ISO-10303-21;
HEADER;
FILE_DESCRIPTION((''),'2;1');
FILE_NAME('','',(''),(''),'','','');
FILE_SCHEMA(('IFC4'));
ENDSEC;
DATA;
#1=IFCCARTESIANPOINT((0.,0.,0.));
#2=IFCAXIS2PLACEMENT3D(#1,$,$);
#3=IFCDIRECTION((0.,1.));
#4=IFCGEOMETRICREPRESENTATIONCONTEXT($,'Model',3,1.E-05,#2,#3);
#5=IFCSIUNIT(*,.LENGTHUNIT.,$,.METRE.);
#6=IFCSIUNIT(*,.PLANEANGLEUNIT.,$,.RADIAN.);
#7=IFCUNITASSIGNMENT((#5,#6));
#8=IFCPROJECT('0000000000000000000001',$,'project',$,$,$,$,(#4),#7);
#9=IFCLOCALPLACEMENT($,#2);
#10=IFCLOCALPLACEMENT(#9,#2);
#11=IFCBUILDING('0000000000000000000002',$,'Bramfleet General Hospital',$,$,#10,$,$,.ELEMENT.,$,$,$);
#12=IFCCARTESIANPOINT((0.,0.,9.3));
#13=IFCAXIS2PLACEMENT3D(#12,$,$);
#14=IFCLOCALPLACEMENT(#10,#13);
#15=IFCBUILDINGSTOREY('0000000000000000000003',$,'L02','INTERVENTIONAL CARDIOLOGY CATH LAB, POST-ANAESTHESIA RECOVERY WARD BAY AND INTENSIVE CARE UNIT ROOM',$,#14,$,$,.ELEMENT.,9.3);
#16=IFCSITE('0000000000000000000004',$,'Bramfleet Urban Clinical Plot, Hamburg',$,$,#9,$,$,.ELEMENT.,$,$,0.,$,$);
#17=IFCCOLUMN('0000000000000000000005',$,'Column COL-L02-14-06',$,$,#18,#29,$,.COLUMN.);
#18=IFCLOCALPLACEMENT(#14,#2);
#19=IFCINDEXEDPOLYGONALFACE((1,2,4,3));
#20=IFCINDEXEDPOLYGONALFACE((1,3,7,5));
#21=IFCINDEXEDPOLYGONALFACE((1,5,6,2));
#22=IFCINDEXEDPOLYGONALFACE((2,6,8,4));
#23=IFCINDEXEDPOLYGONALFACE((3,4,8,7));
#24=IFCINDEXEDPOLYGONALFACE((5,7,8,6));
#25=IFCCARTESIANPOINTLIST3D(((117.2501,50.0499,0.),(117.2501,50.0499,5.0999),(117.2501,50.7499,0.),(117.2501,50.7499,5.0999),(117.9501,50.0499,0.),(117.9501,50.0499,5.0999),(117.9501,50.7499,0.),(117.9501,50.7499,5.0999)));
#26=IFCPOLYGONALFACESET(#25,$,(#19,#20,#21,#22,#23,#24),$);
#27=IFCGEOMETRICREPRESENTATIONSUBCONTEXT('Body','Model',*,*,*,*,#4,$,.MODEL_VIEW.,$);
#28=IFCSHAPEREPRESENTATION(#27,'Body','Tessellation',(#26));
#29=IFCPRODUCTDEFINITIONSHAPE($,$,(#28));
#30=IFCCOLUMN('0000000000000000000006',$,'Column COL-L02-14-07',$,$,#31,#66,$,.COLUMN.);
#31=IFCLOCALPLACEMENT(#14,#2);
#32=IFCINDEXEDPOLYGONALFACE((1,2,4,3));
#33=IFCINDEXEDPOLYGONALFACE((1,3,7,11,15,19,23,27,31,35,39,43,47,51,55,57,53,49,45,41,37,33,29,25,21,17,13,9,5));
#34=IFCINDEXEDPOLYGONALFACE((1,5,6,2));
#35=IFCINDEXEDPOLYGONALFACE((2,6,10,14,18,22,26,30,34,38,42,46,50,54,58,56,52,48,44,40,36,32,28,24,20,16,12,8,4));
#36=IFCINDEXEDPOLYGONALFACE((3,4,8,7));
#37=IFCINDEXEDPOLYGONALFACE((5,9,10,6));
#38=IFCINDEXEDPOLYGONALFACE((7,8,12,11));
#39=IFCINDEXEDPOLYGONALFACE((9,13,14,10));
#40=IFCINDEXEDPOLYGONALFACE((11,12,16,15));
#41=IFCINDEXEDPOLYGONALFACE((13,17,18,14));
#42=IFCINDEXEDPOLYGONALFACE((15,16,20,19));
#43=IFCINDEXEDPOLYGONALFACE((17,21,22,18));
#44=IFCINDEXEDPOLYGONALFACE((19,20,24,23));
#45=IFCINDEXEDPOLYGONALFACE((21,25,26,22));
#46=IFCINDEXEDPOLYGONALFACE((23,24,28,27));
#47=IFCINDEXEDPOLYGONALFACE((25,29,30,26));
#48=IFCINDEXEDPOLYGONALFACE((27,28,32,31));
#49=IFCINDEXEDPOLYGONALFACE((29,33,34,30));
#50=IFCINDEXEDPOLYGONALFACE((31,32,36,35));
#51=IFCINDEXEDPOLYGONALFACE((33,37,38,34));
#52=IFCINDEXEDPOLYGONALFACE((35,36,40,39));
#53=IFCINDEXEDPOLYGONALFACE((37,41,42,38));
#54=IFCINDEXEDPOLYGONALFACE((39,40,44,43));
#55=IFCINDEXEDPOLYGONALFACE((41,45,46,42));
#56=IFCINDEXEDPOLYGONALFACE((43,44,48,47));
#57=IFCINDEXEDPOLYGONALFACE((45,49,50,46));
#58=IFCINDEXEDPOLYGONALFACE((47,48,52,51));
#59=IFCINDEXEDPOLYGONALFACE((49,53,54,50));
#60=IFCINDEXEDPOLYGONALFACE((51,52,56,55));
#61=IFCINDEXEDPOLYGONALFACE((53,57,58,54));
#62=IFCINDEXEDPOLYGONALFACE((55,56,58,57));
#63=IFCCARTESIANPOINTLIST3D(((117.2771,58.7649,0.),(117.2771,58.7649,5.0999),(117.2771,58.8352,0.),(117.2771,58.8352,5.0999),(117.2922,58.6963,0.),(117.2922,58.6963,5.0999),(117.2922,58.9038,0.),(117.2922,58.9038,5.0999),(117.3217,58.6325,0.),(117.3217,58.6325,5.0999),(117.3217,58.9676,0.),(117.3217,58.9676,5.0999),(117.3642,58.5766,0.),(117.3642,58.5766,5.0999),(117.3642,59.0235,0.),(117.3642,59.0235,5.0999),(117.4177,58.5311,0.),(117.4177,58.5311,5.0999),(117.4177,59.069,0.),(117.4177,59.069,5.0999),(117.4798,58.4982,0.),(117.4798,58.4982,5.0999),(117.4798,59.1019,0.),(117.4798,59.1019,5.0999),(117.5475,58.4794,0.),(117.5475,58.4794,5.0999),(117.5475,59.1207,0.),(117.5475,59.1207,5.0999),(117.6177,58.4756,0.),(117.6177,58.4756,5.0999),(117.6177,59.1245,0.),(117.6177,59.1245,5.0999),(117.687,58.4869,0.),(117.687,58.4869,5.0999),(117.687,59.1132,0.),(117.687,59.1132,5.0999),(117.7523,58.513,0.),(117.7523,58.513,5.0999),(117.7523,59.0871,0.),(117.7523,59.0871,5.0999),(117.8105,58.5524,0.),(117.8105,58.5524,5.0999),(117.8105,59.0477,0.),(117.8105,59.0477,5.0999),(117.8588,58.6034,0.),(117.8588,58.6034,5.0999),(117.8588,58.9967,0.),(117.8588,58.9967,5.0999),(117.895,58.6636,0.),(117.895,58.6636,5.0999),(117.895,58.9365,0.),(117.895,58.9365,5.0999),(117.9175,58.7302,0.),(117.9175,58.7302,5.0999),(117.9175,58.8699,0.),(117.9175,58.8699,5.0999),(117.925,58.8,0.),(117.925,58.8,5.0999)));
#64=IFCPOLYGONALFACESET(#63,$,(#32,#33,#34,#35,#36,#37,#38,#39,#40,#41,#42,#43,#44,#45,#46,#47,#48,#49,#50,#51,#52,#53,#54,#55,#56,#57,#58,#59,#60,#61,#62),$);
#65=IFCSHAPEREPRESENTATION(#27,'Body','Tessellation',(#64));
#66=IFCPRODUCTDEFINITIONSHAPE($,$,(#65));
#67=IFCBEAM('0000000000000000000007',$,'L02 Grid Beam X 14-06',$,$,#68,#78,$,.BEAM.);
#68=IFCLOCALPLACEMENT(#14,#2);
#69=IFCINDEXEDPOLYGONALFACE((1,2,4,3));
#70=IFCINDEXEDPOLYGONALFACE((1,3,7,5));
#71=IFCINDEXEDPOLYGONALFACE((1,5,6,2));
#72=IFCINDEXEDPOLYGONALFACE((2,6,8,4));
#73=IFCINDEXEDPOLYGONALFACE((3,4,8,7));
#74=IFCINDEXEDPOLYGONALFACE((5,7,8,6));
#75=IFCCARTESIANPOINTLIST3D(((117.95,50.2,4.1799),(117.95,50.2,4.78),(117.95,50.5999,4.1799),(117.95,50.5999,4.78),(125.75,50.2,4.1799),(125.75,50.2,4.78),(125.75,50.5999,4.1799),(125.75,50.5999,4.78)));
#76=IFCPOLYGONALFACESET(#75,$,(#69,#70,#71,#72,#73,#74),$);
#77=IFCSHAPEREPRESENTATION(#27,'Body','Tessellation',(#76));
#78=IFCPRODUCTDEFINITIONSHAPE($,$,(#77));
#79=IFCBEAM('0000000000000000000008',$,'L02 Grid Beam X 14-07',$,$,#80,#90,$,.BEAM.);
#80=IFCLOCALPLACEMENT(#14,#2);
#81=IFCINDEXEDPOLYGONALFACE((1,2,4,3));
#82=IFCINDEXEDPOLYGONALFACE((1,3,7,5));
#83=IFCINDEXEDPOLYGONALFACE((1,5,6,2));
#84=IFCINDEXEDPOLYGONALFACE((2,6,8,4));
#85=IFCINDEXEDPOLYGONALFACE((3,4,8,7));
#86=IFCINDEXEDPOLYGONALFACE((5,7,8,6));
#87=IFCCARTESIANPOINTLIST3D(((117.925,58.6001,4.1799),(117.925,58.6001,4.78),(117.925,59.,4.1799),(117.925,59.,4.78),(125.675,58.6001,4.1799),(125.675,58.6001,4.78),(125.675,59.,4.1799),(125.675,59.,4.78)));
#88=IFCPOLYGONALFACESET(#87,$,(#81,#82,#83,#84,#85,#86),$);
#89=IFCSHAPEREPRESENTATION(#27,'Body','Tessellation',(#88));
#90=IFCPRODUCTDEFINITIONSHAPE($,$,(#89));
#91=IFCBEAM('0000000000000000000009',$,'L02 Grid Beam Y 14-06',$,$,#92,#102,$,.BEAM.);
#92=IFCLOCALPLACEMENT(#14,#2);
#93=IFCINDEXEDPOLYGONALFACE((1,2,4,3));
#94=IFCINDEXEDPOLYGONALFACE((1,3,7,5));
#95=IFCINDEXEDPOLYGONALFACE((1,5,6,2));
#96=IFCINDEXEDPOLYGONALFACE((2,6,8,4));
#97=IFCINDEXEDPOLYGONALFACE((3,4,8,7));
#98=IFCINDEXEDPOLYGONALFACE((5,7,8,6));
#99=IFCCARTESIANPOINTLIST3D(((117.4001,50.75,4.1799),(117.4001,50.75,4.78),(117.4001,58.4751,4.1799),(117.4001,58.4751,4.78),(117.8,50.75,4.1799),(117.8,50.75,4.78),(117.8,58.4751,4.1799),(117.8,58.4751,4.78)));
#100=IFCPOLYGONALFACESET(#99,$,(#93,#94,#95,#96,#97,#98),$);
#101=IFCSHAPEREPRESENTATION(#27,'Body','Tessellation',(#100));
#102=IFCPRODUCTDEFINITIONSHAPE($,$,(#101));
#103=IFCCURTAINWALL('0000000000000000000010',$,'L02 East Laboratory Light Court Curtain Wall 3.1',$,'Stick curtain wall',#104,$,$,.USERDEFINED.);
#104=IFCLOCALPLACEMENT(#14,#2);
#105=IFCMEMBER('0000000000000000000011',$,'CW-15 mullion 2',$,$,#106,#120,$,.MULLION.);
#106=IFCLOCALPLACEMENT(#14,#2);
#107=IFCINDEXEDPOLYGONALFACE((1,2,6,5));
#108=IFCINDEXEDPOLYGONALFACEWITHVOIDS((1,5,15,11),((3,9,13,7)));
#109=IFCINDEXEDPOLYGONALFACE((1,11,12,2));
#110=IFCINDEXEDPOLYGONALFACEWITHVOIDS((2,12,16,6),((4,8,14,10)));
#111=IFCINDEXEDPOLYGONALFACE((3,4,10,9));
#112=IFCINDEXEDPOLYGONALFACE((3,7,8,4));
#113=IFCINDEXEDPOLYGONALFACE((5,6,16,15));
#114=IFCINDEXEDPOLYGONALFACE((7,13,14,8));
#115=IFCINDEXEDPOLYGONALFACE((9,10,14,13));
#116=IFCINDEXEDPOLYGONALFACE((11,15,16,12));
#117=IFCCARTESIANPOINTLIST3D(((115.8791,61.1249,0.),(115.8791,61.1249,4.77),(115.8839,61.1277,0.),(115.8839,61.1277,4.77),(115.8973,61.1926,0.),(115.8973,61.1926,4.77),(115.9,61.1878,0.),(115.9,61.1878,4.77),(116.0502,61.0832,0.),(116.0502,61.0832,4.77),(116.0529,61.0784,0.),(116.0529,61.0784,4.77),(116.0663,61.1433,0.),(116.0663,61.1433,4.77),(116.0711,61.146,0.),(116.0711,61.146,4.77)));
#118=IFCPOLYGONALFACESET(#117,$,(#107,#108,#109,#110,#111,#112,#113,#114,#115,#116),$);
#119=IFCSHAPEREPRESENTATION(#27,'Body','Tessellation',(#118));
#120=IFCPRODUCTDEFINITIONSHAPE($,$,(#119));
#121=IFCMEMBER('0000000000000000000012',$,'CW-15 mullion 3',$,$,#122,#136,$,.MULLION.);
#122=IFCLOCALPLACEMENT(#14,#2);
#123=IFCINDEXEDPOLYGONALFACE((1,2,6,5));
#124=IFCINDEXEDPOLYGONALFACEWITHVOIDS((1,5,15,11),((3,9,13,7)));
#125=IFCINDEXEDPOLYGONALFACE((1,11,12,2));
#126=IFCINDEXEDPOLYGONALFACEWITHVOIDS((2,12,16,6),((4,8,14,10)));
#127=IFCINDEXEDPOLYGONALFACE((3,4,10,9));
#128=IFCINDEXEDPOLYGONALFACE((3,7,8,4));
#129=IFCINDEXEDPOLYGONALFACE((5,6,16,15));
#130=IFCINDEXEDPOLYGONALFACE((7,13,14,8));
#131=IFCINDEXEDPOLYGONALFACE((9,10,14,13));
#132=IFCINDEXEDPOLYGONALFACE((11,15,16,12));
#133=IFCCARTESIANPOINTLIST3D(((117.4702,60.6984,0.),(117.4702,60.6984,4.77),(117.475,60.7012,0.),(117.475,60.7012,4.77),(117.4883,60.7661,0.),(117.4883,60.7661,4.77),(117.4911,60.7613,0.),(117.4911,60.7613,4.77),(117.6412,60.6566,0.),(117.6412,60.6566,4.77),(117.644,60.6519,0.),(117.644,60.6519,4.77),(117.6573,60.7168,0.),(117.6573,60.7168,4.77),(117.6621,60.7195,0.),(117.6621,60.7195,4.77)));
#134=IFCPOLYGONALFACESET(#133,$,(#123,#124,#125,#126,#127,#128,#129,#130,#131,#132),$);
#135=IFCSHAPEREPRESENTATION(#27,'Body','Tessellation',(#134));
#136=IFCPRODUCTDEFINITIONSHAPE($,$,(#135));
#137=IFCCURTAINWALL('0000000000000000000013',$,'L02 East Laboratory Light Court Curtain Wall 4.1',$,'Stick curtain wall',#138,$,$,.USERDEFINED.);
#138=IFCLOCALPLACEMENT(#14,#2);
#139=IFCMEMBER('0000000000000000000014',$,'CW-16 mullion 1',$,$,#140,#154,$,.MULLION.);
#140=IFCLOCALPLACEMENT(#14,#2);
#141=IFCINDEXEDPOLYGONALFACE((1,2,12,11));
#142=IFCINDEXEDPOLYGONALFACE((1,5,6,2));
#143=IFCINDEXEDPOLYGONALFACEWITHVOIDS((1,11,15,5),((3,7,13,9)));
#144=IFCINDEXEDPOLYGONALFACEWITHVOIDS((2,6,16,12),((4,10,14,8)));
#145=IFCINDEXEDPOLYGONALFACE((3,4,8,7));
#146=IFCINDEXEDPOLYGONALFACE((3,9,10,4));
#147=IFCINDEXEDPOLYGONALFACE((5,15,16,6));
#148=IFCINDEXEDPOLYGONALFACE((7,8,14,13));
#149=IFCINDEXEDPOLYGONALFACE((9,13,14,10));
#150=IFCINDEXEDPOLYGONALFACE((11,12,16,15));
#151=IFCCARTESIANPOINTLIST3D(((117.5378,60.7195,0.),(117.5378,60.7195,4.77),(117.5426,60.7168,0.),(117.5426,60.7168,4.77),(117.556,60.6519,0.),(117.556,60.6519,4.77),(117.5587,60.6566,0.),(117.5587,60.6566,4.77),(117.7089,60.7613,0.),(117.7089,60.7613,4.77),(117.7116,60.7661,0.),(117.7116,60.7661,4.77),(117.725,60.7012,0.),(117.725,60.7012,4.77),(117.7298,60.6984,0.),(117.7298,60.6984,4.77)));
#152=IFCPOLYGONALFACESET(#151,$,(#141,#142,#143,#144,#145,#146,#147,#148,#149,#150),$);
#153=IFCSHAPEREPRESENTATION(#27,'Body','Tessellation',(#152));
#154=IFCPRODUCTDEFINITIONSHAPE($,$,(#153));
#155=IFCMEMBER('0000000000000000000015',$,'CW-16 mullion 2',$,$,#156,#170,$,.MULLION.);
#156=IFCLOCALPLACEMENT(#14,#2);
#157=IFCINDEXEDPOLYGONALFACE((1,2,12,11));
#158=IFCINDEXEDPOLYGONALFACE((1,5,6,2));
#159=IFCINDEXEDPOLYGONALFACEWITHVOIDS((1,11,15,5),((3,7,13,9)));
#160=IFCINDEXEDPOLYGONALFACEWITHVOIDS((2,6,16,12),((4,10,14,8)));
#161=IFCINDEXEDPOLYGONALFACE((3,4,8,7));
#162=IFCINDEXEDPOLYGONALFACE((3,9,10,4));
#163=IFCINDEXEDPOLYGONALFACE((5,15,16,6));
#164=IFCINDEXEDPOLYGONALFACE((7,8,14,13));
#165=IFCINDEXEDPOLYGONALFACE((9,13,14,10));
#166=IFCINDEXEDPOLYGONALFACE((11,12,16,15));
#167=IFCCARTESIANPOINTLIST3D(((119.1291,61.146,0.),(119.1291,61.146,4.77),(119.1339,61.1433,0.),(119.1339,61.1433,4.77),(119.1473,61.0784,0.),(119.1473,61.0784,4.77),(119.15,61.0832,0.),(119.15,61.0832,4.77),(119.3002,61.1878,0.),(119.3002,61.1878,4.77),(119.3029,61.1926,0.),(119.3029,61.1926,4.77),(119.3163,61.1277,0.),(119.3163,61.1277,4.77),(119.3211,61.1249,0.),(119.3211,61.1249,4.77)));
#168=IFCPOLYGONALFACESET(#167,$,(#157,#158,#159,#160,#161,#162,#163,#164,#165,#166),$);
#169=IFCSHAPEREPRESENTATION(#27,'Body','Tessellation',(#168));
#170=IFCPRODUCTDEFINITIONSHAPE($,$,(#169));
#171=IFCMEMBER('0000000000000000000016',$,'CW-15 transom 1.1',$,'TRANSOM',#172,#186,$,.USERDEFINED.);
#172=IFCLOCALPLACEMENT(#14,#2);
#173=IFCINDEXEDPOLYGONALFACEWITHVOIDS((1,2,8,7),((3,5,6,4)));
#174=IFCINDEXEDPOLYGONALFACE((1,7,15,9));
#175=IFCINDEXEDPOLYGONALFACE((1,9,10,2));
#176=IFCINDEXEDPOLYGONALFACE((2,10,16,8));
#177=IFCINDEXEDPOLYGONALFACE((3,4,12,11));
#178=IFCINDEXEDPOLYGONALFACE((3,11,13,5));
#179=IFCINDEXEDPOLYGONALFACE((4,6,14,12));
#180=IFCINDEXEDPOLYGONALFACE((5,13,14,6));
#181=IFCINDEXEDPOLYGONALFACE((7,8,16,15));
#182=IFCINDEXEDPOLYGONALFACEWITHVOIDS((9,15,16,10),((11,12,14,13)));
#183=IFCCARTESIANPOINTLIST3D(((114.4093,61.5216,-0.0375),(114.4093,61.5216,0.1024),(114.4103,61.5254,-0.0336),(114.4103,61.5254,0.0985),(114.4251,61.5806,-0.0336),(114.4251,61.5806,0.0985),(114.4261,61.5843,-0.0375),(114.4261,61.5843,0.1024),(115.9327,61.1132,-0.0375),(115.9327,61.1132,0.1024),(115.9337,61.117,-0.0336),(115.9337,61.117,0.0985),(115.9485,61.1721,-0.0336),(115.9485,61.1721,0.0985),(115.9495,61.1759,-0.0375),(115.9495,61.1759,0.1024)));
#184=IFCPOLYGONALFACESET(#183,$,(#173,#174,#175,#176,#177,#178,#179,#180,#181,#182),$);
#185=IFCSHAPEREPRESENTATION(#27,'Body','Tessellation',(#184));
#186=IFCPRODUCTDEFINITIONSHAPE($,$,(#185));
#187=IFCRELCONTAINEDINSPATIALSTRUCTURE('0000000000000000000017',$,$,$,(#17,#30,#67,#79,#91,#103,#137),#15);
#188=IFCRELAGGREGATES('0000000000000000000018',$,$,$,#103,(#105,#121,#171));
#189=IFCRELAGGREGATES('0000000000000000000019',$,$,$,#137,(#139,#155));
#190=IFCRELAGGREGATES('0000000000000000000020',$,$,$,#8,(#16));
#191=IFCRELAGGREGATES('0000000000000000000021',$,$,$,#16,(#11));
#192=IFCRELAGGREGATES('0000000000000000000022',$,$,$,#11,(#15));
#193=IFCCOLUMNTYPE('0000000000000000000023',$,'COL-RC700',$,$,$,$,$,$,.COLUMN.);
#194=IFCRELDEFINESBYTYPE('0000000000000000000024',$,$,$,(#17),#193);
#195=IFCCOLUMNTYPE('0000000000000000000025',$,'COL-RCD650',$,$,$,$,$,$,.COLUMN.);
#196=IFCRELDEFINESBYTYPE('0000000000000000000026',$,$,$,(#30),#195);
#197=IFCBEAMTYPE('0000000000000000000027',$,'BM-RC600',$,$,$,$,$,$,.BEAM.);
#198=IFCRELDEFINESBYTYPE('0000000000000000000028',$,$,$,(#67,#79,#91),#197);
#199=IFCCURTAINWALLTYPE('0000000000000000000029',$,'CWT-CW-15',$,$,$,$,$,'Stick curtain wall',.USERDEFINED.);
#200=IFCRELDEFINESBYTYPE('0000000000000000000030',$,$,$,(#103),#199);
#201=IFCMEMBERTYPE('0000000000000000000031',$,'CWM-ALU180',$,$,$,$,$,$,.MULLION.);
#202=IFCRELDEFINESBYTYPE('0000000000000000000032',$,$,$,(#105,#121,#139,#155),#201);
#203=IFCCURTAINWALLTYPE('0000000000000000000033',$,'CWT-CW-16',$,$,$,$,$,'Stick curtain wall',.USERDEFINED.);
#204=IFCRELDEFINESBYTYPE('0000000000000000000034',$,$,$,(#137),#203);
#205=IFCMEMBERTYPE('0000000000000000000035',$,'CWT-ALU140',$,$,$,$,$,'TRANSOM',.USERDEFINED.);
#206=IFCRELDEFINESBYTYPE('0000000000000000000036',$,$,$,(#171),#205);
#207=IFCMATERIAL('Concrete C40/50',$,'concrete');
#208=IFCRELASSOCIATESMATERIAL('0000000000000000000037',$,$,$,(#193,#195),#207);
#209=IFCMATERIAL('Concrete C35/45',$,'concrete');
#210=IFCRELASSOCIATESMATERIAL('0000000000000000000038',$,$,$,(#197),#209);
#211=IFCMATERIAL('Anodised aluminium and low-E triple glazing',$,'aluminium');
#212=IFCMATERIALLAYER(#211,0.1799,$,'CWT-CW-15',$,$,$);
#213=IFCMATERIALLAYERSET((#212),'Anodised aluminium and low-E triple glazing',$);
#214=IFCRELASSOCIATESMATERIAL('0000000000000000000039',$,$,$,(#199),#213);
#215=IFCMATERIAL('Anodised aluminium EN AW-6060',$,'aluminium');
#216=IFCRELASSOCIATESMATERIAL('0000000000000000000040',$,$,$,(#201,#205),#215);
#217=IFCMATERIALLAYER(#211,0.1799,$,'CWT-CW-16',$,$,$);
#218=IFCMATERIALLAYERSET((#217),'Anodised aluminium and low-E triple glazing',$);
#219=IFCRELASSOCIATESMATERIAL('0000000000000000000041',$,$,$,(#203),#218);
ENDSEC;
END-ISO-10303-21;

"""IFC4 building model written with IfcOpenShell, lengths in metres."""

from ifc_helpers import new_model, si_unit, direction, frame, origin, origin_2d, place, context, subcontext, project, spatial, rectangle, hollow_rectangle, circle, extrude, material, layer, layer_set, material_profile, profile_set, type_object, element, aggregate, save


model = new_model("IFC4")

# Units and contexts
model_context = context("Model", 3, precision=1e-05, world=origin(), true_north=direction((0.0, 1.0)))
body_context = subcontext(model_context, "Body", "Model", "MODEL_VIEW")
ifc_project = project(units=[si_unit("LENGTHUNIT", "METRE"), si_unit("PLANEANGLEUNIT", "RADIAN")], contexts=[model_context])

# Site, building, storey
site_placement = place(None, origin())
site = spatial("IfcSite", under=ifc_project, at=site_placement, Name="Bramfleet Urban Clinical Plot, Hamburg", CompositionType="ELEMENT", RefElevation=0.0)
building_placement = place(site_placement, origin())
building = spatial("IfcBuilding", under=site, at=building_placement, Name="Bramfleet General Hospital", CompositionType="ELEMENT")
storey_placement = place(building_placement, frame((0.0, 0.0, 9.3)))
storey = spatial("IfcBuildingStorey", under=building, at=storey_placement, Name="L02", Description="INTERVENTIONAL CARDIOLOGY CATH LAB, POST-ANAESTHESIA RECOVERY WARD BAY AND INTENSIVE CARE UNIT ROOM", CompositionType="ELEMENT", Elevation=9.3)

# Columns
ifc_material_1 = material(Name="Concrete C40/50", Category="concrete")
ifc_material_profile_1 = material_profile(ifc_material_1, rectangle(XDim=0.7, YDim=0.7, at=origin_2d()), Name="RC COL 700x700")
ifc_profile_set_1 = profile_set([ifc_material_profile_1], Name="Concrete C40/50")
column_type_1 = type_object("IfcColumnType", Name="COL-RC700", PredefinedType="COLUMN", material=ifc_profile_set_1)
column_1_placement = place(storey_placement, frame((117.6001, 50.3999, 0.0), z_axis=(0.0, 0.0, 1.0), x_axis=(1.0, 0.0, 0.0)))
element("IfcColumn", 1, at=column_1_placement, inside=storey, type_object=column_type_1, Name="Column COL-L02-14-06", PredefinedType="COLUMN", context=body_context, shape_type="SweptSolid", body=[
    extrude(rectangle(XDim=0.7, YDim=0.7, at=origin_2d()), origin(), (0.0, 0.0, 1.0), 5.0999),
])
ifc_material_profile_2 = material_profile(ifc_material_1, circle(Radius=0.325, at=origin_2d()), Name="RC ROUND D650")
ifc_profile_set_2 = profile_set([ifc_material_profile_2], Name="Concrete C40/50")
column_type_2 = type_object("IfcColumnType", Name="COL-RCD650", PredefinedType="COLUMN", material=ifc_profile_set_2)
column_2_placement = place(storey_placement, frame((117.6001, 58.8, 0.0), z_axis=(0.0, 0.0, 1.0), x_axis=(1.0, 0.0, 0.0)))
element("IfcColumn", 2, at=column_2_placement, inside=storey, type_object=column_type_2, Name="Column COL-L02-14-07", PredefinedType="COLUMN", context=body_context, shape_type="SweptSolid", body=[
    extrude(circle(Radius=0.325, at=origin_2d()), origin(), (0.0, 0.0, 1.0), 5.0999),
])

# Beams
ifc_material_2 = material(Name="Concrete C35/45", Category="concrete")
ifc_material_profile_3 = material_profile(ifc_material_2, rectangle(XDim=0.3999, YDim=0.6001, at=origin_2d()), Name="RC BM 600x400")
ifc_profile_set_3 = profile_set([ifc_material_profile_3], Name="Concrete C35/45")
beam_type = type_object("IfcBeamType", Name="BM-RC600", PredefinedType="BEAM", material=ifc_profile_set_3)
beam_1_placement = place(storey_placement, frame((117.95, 50.3999, 4.48), z_axis=(1.0, 0.0, 0.0), x_axis=(0.0, 1.0, 0.0)))
element("IfcBeam", 3, at=beam_1_placement, inside=storey, type_object=beam_type, Name="L02 Grid Beam X 14-06", PredefinedType="BEAM", context=body_context, shape_type="SweptSolid", body=[
    extrude(rectangle(XDim=0.3999, YDim=0.6001, at=origin_2d()), origin(), (0.0, 0.0, 1.0), 7.8),
])
beam_2_placement = place(storey_placement, frame((117.925, 58.8, 4.48), z_axis=(1.0, 0.0, 0.0), x_axis=(0.0, 1.0, 0.0)))
element("IfcBeam", 4, at=beam_2_placement, inside=storey, type_object=beam_type, Name="L02 Grid Beam X 14-07", PredefinedType="BEAM", context=body_context, shape_type="SweptSolid", body=[
    extrude(rectangle(XDim=0.3999, YDim=0.6001, at=origin_2d()), origin(), (0.0, 0.0, 1.0), 7.75),
])
beam_3_placement = place(storey_placement, frame((117.6001, 50.75, 4.48), z_axis=(0.0, 1.0, 0.0), x_axis=(-1.0, 0.0, 0.0)))
element("IfcBeam", 5, at=beam_3_placement, inside=storey, type_object=beam_type, Name="L02 Grid Beam Y 14-06", PredefinedType="BEAM", context=body_context, shape_type="SweptSolid", body=[
    extrude(rectangle(XDim=0.3999, YDim=0.6001, at=origin_2d()), origin(), (0.0, 0.0, 1.0), 7.7251),
])

# Curtain walls, members
ifc_material_3 = material(Name="Anodised aluminium and low-E triple glazing", Category="aluminium")
ifc_layer_1 = layer(ifc_material_3, 0.1799, Name="CWT-CW-15")
ifc_layer_set_1 = layer_set([ifc_layer_1], Name="Anodised aluminium and low-E triple glazing")
curtain_wall_type_1 = type_object("IfcCurtainWallType", Name="CWT-CW-15", ElementType="Stick curtain wall", PredefinedType="USERDEFINED", material=ifc_layer_set_1)
curtain_wall_1_placement = place(storey_placement, origin())
curtain_wall_1 = element("IfcCurtainWall", 6, at=curtain_wall_1_placement, inside=storey, type_object=curtain_wall_type_1, Name="L02 East Laboratory Light Court Curtain Wall 3.1", ObjectType="Stick curtain wall", PredefinedType="USERDEFINED")
ifc_material_4 = material(Name="Anodised aluminium EN AW-6060", Category="aluminium")
ifc_material_profile_4 = material_profile(ifc_material_4, hollow_rectangle(XDim=0.0701, YDim=0.1799, WallThickness=0.0039, at=origin_2d()), Name="ALU 180x70x4.0")
ifc_profile_set_4 = profile_set([ifc_material_profile_4], Name="Anodised aluminium EN AW-6060")
member_type_1 = type_object("IfcMemberType", Name="CWM-ALU180", PredefinedType="MULLION", material=ifc_profile_set_4)
member_1_placement = place(storey_placement, frame((115.9751, 61.1355, 0.0), z_axis=(0.0, 0.0, 1.0), x_axis=(0.258865, 0.965914, 0.0)))
member_1 = element("IfcMember", 7, at=member_1_placement, type_object=member_type_1, Name="CW-15 mullion 2", PredefinedType="MULLION", context=body_context, shape_type="SweptSolid", body=[
    extrude(hollow_rectangle(XDim=0.0701, YDim=0.1799, WallThickness=0.0039, at=origin_2d()), origin(), (0.0, 0.0, 1.0), 4.77),
])
member_2_placement = place(storey_placement, frame((117.5662, 60.709, 0.0), z_axis=(0.0, 0.0, 1.0), x_axis=(0.258865, 0.965914, 0.0)))
member_2 = element("IfcMember", 8, at=member_2_placement, type_object=member_type_1, Name="CW-15 mullion 3", PredefinedType="MULLION", context=body_context, shape_type="SweptSolid", body=[
    extrude(hollow_rectangle(XDim=0.0701, YDim=0.1799, WallThickness=0.0039, at=origin_2d()), origin(), (0.0, 0.0, 1.0), 4.77),
])
ifc_layer_2 = layer(ifc_material_3, 0.1799, Name="CWT-CW-16")
ifc_layer_set_2 = layer_set([ifc_layer_2], Name="Anodised aluminium and low-E triple glazing")
curtain_wall_type_2 = type_object("IfcCurtainWallType", Name="CWT-CW-16", ElementType="Stick curtain wall", PredefinedType="USERDEFINED", material=ifc_layer_set_2)
curtain_wall_2_placement = place(storey_placement, origin())
curtain_wall_2 = element("IfcCurtainWall", 9, at=curtain_wall_2_placement, inside=storey, type_object=curtain_wall_type_2, Name="L02 East Laboratory Light Court Curtain Wall 4.1", ObjectType="Stick curtain wall", PredefinedType="USERDEFINED")
member_3_placement = place(storey_placement, frame((117.6338, 60.709, 0.0), z_axis=(0.0, 0.0, 1.0), x_axis=(-0.258865, 0.965914, 0.0)))
member_3 = element("IfcMember", 10, at=member_3_placement, type_object=member_type_1, Name="CW-16 mullion 1", PredefinedType="MULLION", context=body_context, shape_type="SweptSolid", body=[
    extrude(hollow_rectangle(XDim=0.0701, YDim=0.1799, WallThickness=0.0039, at=origin_2d()), origin(), (0.0, 0.0, 1.0), 4.77),
])
member_4_placement = place(storey_placement, frame((119.2251, 61.1355, 0.0), z_axis=(0.0, 0.0, 1.0), x_axis=(-0.258865, 0.965914, 0.0)))
member_4 = element("IfcMember", 11, at=member_4_placement, type_object=member_type_1, Name="CW-16 mullion 2", PredefinedType="MULLION", context=body_context, shape_type="SweptSolid", body=[
    extrude(hollow_rectangle(XDim=0.0701, YDim=0.1799, WallThickness=0.0039, at=origin_2d()), origin(), (0.0, 0.0, 1.0), 4.77),
])

# Member
ifc_material_profile_5 = material_profile(ifc_material_4, hollow_rectangle(XDim=0.0649, YDim=0.1399, WallThickness=0.0039, at=origin_2d()), Name="ALU 140x65x4.0")
ifc_profile_set_5 = profile_set([ifc_material_profile_5], Name="Anodised aluminium EN AW-6060")
member_type_2 = type_object("IfcMemberType", Name="CWT-ALU140", ElementType="TRANSOM", PredefinedType="USERDEFINED", material=ifc_profile_set_5)
member_5_placement = place(storey_placement, frame((114.4177, 61.553, 0.0325), z_axis=(0.965887, -0.258963, 0.0), x_axis=(0.258963, 0.965887, 0.0)))
member_5 = element("IfcMember", 12, at=member_5_placement, type_object=member_type_2, Name="CW-15 transom 1.1", ObjectType="TRANSOM", PredefinedType="USERDEFINED", context=body_context, shape_type="SweptSolid", body=[
    extrude(hollow_rectangle(XDim=0.0649, YDim=0.1399, WallThickness=0.0039, at=origin_2d()), origin(), (0.0, 0.0, 1.0), 1.5771),
])

aggregate(curtain_wall_1, [member_1, member_2, member_5])
aggregate(curtain_wall_2, [member_3, member_4])

save(model, "model.ifc")
